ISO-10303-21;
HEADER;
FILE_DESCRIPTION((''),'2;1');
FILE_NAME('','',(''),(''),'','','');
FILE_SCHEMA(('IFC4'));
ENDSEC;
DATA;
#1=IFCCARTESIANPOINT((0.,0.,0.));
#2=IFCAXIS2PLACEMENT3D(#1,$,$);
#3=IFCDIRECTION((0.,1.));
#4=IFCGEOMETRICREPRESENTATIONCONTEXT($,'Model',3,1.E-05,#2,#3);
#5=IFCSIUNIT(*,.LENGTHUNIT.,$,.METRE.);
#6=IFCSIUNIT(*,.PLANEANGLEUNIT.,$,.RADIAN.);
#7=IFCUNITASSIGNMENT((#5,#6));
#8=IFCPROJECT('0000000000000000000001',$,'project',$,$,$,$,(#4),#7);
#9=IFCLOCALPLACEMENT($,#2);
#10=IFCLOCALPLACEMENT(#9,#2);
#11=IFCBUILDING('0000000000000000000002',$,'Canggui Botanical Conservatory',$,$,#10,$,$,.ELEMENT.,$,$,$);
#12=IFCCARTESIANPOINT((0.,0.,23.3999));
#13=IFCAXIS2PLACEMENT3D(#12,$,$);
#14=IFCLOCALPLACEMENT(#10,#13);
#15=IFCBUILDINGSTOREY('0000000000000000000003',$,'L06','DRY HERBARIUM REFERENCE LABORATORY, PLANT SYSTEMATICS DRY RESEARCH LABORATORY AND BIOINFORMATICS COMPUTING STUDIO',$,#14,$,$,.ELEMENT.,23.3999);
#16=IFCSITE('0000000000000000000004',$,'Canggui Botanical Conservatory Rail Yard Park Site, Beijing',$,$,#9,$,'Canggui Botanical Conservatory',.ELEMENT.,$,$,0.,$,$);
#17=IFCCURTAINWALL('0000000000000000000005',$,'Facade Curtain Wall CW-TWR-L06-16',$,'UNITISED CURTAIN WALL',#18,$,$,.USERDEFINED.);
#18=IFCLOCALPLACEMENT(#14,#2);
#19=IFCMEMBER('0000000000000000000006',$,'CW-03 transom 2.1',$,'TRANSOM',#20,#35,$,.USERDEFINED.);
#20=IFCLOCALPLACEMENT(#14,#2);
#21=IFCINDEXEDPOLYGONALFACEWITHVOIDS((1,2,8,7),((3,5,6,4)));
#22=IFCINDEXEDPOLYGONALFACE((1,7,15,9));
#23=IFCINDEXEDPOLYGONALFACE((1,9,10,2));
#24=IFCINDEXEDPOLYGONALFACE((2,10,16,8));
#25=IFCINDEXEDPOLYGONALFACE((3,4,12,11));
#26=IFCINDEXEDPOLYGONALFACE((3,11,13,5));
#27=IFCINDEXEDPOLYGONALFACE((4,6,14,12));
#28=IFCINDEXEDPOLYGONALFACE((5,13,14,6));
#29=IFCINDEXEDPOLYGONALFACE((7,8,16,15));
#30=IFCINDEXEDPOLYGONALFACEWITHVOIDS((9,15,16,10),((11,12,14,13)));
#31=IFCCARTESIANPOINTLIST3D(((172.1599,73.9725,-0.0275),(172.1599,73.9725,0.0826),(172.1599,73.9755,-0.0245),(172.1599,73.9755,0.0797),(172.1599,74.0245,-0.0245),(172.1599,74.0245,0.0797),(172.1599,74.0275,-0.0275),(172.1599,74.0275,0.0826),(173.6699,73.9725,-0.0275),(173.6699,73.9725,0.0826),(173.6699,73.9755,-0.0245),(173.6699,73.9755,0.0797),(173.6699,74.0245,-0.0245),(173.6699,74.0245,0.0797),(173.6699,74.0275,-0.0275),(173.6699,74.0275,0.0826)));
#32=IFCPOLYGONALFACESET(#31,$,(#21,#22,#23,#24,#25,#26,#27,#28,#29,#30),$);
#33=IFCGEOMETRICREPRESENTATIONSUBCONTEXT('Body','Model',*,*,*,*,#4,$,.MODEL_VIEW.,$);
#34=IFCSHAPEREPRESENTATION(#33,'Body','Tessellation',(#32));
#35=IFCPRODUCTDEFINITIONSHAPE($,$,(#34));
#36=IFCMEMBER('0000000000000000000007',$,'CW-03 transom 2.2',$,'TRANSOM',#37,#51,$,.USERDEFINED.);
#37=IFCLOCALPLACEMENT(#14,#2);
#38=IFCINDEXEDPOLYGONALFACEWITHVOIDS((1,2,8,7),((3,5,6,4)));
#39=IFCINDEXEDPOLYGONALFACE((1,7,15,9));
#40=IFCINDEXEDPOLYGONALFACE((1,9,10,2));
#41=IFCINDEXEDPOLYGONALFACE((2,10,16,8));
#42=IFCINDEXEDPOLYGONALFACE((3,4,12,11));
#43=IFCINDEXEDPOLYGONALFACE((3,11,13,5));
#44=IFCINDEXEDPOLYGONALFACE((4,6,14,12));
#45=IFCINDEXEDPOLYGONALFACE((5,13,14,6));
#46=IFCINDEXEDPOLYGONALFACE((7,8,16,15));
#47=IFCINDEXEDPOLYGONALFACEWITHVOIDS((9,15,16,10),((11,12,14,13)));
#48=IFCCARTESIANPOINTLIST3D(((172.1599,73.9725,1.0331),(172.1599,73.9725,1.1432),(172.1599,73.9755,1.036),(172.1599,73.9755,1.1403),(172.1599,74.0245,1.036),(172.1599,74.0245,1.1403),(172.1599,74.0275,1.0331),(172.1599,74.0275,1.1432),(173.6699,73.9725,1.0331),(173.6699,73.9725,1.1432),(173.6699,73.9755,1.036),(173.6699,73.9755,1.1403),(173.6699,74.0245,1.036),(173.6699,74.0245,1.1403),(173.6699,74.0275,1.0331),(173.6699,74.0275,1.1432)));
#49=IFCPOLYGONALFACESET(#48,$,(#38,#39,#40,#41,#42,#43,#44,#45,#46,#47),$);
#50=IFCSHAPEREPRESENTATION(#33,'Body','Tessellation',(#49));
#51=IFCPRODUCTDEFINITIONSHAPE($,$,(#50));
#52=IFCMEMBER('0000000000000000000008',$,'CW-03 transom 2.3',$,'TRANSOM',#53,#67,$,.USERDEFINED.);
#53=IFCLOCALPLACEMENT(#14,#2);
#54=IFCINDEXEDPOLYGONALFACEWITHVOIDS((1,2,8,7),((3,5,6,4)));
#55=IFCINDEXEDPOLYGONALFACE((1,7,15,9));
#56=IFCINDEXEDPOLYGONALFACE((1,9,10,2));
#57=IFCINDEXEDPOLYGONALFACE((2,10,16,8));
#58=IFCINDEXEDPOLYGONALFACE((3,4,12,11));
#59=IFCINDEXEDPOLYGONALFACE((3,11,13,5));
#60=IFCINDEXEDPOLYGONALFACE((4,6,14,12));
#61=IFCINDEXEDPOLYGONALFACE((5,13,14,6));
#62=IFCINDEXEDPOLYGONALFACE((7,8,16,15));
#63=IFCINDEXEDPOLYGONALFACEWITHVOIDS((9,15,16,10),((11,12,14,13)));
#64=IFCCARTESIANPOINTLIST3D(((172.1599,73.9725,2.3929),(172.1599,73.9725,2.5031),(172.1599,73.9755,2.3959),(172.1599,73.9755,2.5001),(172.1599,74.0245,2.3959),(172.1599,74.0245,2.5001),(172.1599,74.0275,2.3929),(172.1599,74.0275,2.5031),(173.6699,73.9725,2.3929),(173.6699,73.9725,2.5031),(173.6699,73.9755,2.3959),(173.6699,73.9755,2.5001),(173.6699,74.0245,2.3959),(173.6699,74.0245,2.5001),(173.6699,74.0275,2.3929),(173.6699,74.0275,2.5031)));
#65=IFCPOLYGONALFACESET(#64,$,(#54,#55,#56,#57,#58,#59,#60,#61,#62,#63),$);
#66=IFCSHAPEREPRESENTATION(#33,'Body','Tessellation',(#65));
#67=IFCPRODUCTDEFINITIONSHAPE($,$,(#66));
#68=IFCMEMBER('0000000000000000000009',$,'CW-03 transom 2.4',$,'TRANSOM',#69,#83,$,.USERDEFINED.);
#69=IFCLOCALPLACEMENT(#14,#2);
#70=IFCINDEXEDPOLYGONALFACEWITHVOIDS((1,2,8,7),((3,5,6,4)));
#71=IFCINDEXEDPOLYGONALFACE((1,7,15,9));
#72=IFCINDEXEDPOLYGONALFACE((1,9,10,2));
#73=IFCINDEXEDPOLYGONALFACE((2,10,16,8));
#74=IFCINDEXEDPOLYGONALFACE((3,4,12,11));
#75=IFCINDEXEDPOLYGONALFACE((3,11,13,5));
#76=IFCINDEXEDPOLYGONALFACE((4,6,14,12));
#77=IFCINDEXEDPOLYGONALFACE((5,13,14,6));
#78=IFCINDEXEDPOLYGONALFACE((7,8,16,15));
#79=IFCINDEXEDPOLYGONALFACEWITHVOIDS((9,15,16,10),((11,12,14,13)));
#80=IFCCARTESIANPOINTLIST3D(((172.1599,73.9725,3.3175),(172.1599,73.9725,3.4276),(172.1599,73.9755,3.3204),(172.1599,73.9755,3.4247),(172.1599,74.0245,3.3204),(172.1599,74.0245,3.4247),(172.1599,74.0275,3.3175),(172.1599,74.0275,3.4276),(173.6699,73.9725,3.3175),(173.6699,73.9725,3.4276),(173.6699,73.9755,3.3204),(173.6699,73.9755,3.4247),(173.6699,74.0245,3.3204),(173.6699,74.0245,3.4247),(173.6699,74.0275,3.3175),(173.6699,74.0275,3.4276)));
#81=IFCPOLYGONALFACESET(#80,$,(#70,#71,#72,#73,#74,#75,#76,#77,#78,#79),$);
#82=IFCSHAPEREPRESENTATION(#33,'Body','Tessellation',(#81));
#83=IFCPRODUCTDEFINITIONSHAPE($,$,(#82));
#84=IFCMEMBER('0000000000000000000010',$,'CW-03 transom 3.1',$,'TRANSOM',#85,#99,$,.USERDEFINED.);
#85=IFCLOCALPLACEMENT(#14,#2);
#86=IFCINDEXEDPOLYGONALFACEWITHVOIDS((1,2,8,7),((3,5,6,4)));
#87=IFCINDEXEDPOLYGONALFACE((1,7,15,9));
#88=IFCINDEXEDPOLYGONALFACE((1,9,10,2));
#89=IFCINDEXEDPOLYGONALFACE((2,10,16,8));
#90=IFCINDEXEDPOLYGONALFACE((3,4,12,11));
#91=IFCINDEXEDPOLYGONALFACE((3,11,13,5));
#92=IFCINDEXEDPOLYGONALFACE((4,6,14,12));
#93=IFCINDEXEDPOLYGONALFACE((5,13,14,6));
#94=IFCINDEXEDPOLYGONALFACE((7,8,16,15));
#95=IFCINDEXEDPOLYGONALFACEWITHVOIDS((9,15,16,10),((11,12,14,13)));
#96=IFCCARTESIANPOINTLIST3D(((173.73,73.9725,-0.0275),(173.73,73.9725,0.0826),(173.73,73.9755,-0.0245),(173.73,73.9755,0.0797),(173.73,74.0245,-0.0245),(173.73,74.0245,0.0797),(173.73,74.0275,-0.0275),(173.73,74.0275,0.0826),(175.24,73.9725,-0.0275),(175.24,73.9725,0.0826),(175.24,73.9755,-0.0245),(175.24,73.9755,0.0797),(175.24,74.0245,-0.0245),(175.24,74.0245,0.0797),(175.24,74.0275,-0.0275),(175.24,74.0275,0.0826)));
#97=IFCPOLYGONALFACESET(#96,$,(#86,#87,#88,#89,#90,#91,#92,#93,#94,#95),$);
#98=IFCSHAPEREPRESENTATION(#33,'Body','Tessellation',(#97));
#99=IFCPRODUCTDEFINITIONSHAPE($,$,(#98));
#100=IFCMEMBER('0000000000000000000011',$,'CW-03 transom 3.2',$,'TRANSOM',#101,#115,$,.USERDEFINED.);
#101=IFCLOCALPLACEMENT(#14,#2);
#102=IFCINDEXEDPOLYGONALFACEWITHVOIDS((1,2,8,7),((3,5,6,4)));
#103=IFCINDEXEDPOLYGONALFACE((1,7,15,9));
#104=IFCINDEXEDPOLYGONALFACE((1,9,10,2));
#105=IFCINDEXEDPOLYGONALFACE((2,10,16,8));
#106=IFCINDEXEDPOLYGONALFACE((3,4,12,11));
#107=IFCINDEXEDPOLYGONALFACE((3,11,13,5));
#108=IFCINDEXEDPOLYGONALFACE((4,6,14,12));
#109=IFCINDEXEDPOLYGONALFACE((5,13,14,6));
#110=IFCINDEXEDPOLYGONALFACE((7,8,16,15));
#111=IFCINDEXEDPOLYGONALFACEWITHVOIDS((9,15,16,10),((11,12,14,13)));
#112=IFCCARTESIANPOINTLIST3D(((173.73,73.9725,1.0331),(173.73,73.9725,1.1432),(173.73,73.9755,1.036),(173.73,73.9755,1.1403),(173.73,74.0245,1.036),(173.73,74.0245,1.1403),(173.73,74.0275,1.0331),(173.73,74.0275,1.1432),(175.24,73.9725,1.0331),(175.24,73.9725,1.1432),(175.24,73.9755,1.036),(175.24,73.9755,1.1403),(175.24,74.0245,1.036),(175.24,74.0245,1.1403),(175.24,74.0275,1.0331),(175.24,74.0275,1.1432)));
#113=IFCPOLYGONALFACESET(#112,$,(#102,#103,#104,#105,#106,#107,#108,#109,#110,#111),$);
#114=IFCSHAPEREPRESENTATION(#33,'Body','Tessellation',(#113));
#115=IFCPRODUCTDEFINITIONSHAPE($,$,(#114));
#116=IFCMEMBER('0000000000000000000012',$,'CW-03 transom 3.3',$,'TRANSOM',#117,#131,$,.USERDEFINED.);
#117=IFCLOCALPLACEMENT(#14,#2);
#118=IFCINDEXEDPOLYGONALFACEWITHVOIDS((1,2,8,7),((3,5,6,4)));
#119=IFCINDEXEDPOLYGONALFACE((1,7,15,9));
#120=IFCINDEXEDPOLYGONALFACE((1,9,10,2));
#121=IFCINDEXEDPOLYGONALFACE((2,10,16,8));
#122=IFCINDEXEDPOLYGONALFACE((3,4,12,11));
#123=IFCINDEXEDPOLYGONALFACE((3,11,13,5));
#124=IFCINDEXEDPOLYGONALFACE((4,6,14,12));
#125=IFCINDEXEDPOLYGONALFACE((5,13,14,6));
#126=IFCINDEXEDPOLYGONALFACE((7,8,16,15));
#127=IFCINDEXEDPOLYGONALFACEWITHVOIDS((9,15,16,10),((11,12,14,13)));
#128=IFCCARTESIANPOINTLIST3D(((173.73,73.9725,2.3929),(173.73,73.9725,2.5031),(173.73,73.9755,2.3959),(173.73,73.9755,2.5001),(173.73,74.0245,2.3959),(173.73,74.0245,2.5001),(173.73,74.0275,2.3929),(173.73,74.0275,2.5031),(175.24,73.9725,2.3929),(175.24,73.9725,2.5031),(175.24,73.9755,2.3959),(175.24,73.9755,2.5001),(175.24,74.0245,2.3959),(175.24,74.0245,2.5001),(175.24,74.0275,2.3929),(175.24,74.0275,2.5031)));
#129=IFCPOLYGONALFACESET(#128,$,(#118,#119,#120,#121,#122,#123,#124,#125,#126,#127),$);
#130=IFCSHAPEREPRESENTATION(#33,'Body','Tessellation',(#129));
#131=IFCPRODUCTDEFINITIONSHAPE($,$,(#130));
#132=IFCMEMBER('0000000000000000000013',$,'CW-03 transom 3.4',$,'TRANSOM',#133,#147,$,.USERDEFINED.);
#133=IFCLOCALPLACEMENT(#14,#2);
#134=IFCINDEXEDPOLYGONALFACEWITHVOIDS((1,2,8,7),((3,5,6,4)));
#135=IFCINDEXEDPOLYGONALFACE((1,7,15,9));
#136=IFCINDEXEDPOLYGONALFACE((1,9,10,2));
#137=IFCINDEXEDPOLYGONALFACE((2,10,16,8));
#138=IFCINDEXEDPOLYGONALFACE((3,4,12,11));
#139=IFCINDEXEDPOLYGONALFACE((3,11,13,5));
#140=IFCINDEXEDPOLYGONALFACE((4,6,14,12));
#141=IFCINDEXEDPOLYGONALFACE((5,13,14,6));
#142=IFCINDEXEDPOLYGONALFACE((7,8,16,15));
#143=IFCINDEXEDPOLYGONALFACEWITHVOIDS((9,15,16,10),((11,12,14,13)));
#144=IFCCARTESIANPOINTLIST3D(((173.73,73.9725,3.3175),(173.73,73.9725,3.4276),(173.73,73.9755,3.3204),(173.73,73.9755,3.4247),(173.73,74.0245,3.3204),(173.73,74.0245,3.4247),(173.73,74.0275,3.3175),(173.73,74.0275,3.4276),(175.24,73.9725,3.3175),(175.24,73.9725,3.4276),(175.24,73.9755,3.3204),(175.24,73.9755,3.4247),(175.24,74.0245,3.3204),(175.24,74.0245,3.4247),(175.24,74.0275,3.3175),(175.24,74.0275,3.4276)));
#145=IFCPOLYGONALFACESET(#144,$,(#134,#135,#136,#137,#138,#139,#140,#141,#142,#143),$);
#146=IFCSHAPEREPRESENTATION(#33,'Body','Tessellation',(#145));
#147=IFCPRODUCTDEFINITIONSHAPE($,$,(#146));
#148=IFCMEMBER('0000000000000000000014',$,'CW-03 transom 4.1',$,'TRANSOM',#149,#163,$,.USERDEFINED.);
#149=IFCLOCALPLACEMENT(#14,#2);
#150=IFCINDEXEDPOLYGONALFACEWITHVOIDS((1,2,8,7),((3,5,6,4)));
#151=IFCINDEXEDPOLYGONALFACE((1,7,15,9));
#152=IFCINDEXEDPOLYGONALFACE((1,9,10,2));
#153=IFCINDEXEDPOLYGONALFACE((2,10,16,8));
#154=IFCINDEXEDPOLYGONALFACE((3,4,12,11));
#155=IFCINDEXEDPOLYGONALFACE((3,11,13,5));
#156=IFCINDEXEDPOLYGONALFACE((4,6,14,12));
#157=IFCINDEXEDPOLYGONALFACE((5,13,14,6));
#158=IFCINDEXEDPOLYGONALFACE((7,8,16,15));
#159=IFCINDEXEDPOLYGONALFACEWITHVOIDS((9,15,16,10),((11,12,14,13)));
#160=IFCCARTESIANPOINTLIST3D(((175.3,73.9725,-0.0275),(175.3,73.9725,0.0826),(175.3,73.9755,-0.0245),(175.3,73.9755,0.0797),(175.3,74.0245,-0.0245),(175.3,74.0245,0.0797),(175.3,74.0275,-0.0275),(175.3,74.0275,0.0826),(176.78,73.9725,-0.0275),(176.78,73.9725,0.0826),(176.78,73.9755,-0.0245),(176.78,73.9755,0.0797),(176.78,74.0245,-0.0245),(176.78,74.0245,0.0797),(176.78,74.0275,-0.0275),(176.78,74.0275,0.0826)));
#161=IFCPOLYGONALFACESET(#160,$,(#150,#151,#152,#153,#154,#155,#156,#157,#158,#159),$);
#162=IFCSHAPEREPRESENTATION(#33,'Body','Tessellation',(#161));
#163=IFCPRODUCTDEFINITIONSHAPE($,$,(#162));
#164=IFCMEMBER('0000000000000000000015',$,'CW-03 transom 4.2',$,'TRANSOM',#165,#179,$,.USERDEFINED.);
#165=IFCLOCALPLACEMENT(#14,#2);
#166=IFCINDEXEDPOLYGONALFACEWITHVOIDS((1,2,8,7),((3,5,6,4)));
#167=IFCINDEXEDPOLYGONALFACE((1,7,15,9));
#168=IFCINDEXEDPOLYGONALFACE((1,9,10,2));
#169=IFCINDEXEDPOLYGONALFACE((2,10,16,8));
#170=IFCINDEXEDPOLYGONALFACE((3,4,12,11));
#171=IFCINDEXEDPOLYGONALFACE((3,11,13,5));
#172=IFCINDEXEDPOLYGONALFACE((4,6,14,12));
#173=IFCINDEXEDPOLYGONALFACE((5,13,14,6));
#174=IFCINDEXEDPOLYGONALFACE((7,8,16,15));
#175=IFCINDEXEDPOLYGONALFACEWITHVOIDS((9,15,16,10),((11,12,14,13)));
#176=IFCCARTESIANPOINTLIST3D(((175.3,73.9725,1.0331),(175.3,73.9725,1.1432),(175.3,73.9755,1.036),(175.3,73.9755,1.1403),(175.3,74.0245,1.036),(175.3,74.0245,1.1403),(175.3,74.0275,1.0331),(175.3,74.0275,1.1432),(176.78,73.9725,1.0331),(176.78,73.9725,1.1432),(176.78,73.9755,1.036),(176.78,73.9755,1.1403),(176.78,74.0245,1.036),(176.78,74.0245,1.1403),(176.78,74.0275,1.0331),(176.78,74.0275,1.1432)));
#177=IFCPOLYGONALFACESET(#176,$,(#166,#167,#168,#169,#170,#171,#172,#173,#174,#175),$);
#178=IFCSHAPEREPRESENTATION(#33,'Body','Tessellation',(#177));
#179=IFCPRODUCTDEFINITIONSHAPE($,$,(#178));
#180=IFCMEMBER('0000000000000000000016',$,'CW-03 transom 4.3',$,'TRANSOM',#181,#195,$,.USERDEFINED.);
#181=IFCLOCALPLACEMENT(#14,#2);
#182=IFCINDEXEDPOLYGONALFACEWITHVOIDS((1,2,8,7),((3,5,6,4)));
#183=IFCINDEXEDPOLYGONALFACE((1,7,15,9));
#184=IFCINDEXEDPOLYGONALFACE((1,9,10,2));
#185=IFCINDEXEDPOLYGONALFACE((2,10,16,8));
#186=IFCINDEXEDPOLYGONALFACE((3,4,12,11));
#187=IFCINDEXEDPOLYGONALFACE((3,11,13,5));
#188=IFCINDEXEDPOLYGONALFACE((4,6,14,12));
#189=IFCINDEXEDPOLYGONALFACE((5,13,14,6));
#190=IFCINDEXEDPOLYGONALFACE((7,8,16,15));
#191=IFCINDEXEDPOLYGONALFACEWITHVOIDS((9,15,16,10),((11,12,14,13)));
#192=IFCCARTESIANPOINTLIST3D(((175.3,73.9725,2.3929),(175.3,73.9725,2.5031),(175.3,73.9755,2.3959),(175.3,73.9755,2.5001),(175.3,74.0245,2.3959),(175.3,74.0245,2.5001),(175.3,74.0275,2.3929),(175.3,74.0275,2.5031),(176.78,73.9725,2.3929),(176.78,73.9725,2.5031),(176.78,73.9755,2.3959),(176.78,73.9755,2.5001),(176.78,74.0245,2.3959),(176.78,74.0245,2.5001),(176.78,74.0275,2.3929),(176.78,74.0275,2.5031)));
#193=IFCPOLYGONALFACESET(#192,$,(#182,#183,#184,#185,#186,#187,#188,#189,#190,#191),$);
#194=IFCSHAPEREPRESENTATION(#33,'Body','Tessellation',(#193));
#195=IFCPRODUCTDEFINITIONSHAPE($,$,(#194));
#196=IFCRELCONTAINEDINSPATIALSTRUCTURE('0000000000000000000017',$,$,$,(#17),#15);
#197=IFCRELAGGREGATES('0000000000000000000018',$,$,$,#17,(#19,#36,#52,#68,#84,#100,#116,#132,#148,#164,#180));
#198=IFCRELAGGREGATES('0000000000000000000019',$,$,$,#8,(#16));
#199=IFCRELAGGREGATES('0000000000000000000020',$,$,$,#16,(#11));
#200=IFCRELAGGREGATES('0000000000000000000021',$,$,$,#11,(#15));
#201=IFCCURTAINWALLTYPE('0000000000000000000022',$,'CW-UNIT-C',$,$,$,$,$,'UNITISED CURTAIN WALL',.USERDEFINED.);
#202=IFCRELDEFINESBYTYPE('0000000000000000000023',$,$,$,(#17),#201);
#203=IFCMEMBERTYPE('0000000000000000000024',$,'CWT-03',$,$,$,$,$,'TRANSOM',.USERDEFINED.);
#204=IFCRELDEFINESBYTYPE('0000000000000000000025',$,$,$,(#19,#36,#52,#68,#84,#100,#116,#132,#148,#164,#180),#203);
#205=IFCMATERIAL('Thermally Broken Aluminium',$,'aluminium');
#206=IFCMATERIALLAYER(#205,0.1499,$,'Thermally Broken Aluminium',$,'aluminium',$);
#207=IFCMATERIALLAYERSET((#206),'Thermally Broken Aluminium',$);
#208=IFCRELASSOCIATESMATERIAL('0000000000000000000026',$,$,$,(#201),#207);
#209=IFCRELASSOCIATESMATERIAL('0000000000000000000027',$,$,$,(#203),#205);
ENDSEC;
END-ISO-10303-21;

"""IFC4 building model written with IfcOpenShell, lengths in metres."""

from ifc_helpers import new_model, si_unit, direction, frame, origin, origin_2d, place, context, subcontext, project, spatial, hollow_rectangle, extrude, material, layer, layer_set, material_profile, profile_set, type_object, element, aggregate, save


model = new_model("IFC4")

# Units and contexts
model_context = context("Model", 3, precision=1e-05, world=origin(), true_north=direction((0.0, 1.0)))
body_context = subcontext(model_context, "Body", "Model", "MODEL_VIEW")
ifc_project = project(units=[si_unit("LENGTHUNIT", "METRE"), si_unit("PLANEANGLEUNIT", "RADIAN")], contexts=[model_context])

# Site, building, storey
site_placement = place(None, origin())
site = spatial("IfcSite", under=ifc_project, at=site_placement, Name="Canggui Botanical Conservatory Rail Yard Park Site, Beijing", LongName="Canggui Botanical Conservatory", CompositionType="ELEMENT", RefElevation=0.0)
building_placement = place(site_placement, origin())
building = spatial("IfcBuilding", under=site, at=building_placement, Name="Canggui Botanical Conservatory", CompositionType="ELEMENT")
storey_placement = place(building_placement, frame((0.0, 0.0, 23.3999)))
storey = spatial("IfcBuildingStorey", under=building, at=storey_placement, Name="L06", Description="DRY HERBARIUM REFERENCE LABORATORY, PLANT SYSTEMATICS DRY RESEARCH LABORATORY AND BIOINFORMATICS COMPUTING STUDIO", CompositionType="ELEMENT", Elevation=23.3999)

# Curtain wall
ifc_material_1 = material(Name="Thermally Broken Aluminium", Category="aluminium")
ifc_layer_1 = layer(ifc_material_1, 0.1499, Name="Thermally Broken Aluminium", Category="aluminium")
ifc_layer_set_1 = layer_set([ifc_layer_1], Name="Thermally Broken Aluminium")
curtain_wall_type = type_object("IfcCurtainWallType", Name="CW-UNIT-C", ElementType="UNITISED CURTAIN WALL", PredefinedType="USERDEFINED", material=ifc_layer_set_1)
curtain_wall_1_placement = place(storey_placement, origin())
curtain_wall_1 = element("IfcCurtainWall", 1, at=curtain_wall_1_placement, inside=storey, type_object=curtain_wall_type, Name="Facade Curtain Wall CW-TWR-L06-16", ObjectType="UNITISED CURTAIN WALL", PredefinedType="USERDEFINED")

# Members
ifc_material_profile_1 = material_profile(ifc_material_1, hollow_rectangle(XDim=0.0549, YDim=0.1101, WallThickness=0.0029, at=origin_2d()), Name="CWT 55x110x3")
ifc_profile_set_1 = profile_set([ifc_material_profile_1], Name="Thermally Broken Aluminium")
member_type_1 = type_object("IfcMemberType", Name="CWT-03", ElementType="TRANSOM", PredefinedType="USERDEFINED", material=ifc_profile_set_1)
member_1_placement = place(storey_placement, frame((172.1599, 74.0, 0.0276), z_axis=(1.0, 0.0, 0.0), x_axis=(0.0, 1.0, 0.0)))
member_1 = element("IfcMember", 2, at=member_1_placement, type_object=member_type_1, Name="CW-03 transom 2.1", ObjectType="TRANSOM", PredefinedType="USERDEFINED", context=body_context, shape_type="SweptSolid", body=[
    extrude(hollow_rectangle(XDim=0.0549, YDim=0.1101, WallThickness=0.0029, at=origin_2d()), origin(), (0.0, 0.0, 1.0), 1.51),
])
member_2_placement = place(storey_placement, frame((172.1599, 74.0, 1.0881), z_axis=(1.0, 0.0, 0.0), x_axis=(0.0, 1.0, 0.0)))
member_2 = element("IfcMember", 3, at=member_2_placement, type_object=member_type_1, Name="CW-03 transom 2.2", ObjectType="TRANSOM", PredefinedType="USERDEFINED", context=body_context, shape_type="SweptSolid", body=[
    extrude(hollow_rectangle(XDim=0.0549, YDim=0.1101, WallThickness=0.0029, at=origin_2d()), origin(), (0.0, 0.0, 1.0), 1.51),
])
member_3_placement = place(storey_placement, frame((172.1599, 74.0, 2.448), z_axis=(1.0, 0.0, 0.0), x_axis=(0.0, 1.0, 0.0)))
member_3 = element("IfcMember", 4, at=member_3_placement, type_object=member_type_1, Name="CW-03 transom 2.3", ObjectType="TRANSOM", PredefinedType="USERDEFINED", context=body_context, shape_type="SweptSolid", body=[
    extrude(hollow_rectangle(XDim=0.0549, YDim=0.1101, WallThickness=0.0029, at=origin_2d()), origin(), (0.0, 0.0, 1.0), 1.51),
])
member_4_placement = place(storey_placement, frame((172.1599, 74.0, 3.3726), z_axis=(1.0, 0.0, 0.0), x_axis=(0.0, 1.0, 0.0)))
member_4 = element("IfcMember", 5, at=member_4_placement, type_object=member_type_1, Name="CW-03 transom 2.4", ObjectType="TRANSOM", PredefinedType="USERDEFINED", context=body_context, shape_type="SweptSolid", body=[
    extrude(hollow_rectangle(XDim=0.0549, YDim=0.1101, WallThickness=0.0029, at=origin_2d()), origin(), (0.0, 0.0, 1.0), 1.51),
])
member_5_placement = place(storey_placement, frame((173.73, 74.0, 0.0276), z_axis=(1.0, 0.0, 0.0), x_axis=(0.0, 1.0, 0.0)))
member_5 = element("IfcMember", 6, at=member_5_placement, type_object=member_type_1, Name="CW-03 transom 3.1", ObjectType="TRANSOM", PredefinedType="USERDEFINED", context=body_context, shape_type="SweptSolid", body=[
    extrude(hollow_rectangle(XDim=0.0549, YDim=0.1101, WallThickness=0.0029, at=origin_2d()), origin(), (0.0, 0.0, 1.0), 1.51),
])
member_6_placement = place(storey_placement, frame((173.73, 74.0, 1.0881), z_axis=(1.0, 0.0, 0.0), x_axis=(0.0, 1.0, 0.0)))
member_6 = element("IfcMember", 7, at=member_6_placement, type_object=member_type_1, Name="CW-03 transom 3.2", ObjectType="TRANSOM", PredefinedType="USERDEFINED", context=body_context, shape_type="SweptSolid", body=[
    extrude(hollow_rectangle(XDim=0.0549, YDim=0.1101, WallThickness=0.0029, at=origin_2d()), origin(), (0.0, 0.0, 1.0), 1.51),
])
member_7_placement = place(storey_placement, frame((173.73, 74.0, 2.448), z_axis=(1.0, 0.0, 0.0), x_axis=(0.0, 1.0, 0.0)))
member_7 = element("IfcMember", 8, at=member_7_placement, type_object=member_type_1, Name="CW-03 transom 3.3", ObjectType="TRANSOM", PredefinedType="USERDEFINED", context=body_context, shape_type="SweptSolid", body=[
    extrude(hollow_rectangle(XDim=0.0549, YDim=0.1101, WallThickness=0.0029, at=origin_2d()), origin(), (0.0, 0.0, 1.0), 1.51),
])
member_8_placement = place(storey_placement, frame((173.73, 74.0, 3.3726), z_axis=(1.0, 0.0, 0.0), x_axis=(0.0, 1.0, 0.0)))
member_8 = element("IfcMember", 9, at=member_8_placement, type_object=member_type_1, Name="CW-03 transom 3.4", ObjectType="TRANSOM", PredefinedType="USERDEFINED", context=body_context, shape_type="SweptSolid", body=[
    extrude(hollow_rectangle(XDim=0.0549, YDim=0.1101, WallThickness=0.0029, at=origin_2d()), origin(), (0.0, 0.0, 1.0), 1.51),
])
member_9_placement = place(storey_placement, frame((175.3, 74.0, 0.0276), z_axis=(1.0, 0.0, 0.0), x_axis=(0.0, 1.0, 0.0)))
member_9 = element("IfcMember", 10, at=member_9_placement, type_object=member_type_1, Name="CW-03 transom 4.1", ObjectType="TRANSOM", PredefinedType="USERDEFINED", context=body_context, shape_type="SweptSolid", body=[
    extrude(hollow_rectangle(XDim=0.0549, YDim=0.1101, WallThickness=0.0029, at=origin_2d()), origin(), (0.0, 0.0, 1.0), 1.48),
])
member_10_placement = place(storey_placement, frame((175.3, 74.0, 1.0881), z_axis=(1.0, 0.0, 0.0), x_axis=(0.0, 1.0, 0.0)))
member_10 = element("IfcMember", 11, at=member_10_placement, type_object=member_type_1, Name="CW-03 transom 4.2", ObjectType="TRANSOM", PredefinedType="USERDEFINED", context=body_context, shape_type="SweptSolid", body=[
    extrude(hollow_rectangle(XDim=0.0549, YDim=0.1101, WallThickness=0.0029, at=origin_2d()), origin(), (0.0, 0.0, 1.0), 1.48),
])
member_11_placement = place(storey_placement, frame((175.3, 74.0, 2.448), z_axis=(1.0, 0.0, 0.0), x_axis=(0.0, 1.0, 0.0)))
member_11 = element("IfcMember", 12, at=member_11_placement, type_object=member_type_1, Name="CW-03 transom 4.3", ObjectType="TRANSOM", PredefinedType="USERDEFINED", context=body_context, shape_type="SweptSolid", body=[
    extrude(hollow_rectangle(XDim=0.0549, YDim=0.1101, WallThickness=0.0029, at=origin_2d()), origin(), (0.0, 0.0, 1.0), 1.48),
])

aggregate(curtain_wall_1, [member_1, member_2, member_3, member_4, member_5, member_6, member_7, member_8, member_9, member_10, member_11])

save(model, "model.ifc")
